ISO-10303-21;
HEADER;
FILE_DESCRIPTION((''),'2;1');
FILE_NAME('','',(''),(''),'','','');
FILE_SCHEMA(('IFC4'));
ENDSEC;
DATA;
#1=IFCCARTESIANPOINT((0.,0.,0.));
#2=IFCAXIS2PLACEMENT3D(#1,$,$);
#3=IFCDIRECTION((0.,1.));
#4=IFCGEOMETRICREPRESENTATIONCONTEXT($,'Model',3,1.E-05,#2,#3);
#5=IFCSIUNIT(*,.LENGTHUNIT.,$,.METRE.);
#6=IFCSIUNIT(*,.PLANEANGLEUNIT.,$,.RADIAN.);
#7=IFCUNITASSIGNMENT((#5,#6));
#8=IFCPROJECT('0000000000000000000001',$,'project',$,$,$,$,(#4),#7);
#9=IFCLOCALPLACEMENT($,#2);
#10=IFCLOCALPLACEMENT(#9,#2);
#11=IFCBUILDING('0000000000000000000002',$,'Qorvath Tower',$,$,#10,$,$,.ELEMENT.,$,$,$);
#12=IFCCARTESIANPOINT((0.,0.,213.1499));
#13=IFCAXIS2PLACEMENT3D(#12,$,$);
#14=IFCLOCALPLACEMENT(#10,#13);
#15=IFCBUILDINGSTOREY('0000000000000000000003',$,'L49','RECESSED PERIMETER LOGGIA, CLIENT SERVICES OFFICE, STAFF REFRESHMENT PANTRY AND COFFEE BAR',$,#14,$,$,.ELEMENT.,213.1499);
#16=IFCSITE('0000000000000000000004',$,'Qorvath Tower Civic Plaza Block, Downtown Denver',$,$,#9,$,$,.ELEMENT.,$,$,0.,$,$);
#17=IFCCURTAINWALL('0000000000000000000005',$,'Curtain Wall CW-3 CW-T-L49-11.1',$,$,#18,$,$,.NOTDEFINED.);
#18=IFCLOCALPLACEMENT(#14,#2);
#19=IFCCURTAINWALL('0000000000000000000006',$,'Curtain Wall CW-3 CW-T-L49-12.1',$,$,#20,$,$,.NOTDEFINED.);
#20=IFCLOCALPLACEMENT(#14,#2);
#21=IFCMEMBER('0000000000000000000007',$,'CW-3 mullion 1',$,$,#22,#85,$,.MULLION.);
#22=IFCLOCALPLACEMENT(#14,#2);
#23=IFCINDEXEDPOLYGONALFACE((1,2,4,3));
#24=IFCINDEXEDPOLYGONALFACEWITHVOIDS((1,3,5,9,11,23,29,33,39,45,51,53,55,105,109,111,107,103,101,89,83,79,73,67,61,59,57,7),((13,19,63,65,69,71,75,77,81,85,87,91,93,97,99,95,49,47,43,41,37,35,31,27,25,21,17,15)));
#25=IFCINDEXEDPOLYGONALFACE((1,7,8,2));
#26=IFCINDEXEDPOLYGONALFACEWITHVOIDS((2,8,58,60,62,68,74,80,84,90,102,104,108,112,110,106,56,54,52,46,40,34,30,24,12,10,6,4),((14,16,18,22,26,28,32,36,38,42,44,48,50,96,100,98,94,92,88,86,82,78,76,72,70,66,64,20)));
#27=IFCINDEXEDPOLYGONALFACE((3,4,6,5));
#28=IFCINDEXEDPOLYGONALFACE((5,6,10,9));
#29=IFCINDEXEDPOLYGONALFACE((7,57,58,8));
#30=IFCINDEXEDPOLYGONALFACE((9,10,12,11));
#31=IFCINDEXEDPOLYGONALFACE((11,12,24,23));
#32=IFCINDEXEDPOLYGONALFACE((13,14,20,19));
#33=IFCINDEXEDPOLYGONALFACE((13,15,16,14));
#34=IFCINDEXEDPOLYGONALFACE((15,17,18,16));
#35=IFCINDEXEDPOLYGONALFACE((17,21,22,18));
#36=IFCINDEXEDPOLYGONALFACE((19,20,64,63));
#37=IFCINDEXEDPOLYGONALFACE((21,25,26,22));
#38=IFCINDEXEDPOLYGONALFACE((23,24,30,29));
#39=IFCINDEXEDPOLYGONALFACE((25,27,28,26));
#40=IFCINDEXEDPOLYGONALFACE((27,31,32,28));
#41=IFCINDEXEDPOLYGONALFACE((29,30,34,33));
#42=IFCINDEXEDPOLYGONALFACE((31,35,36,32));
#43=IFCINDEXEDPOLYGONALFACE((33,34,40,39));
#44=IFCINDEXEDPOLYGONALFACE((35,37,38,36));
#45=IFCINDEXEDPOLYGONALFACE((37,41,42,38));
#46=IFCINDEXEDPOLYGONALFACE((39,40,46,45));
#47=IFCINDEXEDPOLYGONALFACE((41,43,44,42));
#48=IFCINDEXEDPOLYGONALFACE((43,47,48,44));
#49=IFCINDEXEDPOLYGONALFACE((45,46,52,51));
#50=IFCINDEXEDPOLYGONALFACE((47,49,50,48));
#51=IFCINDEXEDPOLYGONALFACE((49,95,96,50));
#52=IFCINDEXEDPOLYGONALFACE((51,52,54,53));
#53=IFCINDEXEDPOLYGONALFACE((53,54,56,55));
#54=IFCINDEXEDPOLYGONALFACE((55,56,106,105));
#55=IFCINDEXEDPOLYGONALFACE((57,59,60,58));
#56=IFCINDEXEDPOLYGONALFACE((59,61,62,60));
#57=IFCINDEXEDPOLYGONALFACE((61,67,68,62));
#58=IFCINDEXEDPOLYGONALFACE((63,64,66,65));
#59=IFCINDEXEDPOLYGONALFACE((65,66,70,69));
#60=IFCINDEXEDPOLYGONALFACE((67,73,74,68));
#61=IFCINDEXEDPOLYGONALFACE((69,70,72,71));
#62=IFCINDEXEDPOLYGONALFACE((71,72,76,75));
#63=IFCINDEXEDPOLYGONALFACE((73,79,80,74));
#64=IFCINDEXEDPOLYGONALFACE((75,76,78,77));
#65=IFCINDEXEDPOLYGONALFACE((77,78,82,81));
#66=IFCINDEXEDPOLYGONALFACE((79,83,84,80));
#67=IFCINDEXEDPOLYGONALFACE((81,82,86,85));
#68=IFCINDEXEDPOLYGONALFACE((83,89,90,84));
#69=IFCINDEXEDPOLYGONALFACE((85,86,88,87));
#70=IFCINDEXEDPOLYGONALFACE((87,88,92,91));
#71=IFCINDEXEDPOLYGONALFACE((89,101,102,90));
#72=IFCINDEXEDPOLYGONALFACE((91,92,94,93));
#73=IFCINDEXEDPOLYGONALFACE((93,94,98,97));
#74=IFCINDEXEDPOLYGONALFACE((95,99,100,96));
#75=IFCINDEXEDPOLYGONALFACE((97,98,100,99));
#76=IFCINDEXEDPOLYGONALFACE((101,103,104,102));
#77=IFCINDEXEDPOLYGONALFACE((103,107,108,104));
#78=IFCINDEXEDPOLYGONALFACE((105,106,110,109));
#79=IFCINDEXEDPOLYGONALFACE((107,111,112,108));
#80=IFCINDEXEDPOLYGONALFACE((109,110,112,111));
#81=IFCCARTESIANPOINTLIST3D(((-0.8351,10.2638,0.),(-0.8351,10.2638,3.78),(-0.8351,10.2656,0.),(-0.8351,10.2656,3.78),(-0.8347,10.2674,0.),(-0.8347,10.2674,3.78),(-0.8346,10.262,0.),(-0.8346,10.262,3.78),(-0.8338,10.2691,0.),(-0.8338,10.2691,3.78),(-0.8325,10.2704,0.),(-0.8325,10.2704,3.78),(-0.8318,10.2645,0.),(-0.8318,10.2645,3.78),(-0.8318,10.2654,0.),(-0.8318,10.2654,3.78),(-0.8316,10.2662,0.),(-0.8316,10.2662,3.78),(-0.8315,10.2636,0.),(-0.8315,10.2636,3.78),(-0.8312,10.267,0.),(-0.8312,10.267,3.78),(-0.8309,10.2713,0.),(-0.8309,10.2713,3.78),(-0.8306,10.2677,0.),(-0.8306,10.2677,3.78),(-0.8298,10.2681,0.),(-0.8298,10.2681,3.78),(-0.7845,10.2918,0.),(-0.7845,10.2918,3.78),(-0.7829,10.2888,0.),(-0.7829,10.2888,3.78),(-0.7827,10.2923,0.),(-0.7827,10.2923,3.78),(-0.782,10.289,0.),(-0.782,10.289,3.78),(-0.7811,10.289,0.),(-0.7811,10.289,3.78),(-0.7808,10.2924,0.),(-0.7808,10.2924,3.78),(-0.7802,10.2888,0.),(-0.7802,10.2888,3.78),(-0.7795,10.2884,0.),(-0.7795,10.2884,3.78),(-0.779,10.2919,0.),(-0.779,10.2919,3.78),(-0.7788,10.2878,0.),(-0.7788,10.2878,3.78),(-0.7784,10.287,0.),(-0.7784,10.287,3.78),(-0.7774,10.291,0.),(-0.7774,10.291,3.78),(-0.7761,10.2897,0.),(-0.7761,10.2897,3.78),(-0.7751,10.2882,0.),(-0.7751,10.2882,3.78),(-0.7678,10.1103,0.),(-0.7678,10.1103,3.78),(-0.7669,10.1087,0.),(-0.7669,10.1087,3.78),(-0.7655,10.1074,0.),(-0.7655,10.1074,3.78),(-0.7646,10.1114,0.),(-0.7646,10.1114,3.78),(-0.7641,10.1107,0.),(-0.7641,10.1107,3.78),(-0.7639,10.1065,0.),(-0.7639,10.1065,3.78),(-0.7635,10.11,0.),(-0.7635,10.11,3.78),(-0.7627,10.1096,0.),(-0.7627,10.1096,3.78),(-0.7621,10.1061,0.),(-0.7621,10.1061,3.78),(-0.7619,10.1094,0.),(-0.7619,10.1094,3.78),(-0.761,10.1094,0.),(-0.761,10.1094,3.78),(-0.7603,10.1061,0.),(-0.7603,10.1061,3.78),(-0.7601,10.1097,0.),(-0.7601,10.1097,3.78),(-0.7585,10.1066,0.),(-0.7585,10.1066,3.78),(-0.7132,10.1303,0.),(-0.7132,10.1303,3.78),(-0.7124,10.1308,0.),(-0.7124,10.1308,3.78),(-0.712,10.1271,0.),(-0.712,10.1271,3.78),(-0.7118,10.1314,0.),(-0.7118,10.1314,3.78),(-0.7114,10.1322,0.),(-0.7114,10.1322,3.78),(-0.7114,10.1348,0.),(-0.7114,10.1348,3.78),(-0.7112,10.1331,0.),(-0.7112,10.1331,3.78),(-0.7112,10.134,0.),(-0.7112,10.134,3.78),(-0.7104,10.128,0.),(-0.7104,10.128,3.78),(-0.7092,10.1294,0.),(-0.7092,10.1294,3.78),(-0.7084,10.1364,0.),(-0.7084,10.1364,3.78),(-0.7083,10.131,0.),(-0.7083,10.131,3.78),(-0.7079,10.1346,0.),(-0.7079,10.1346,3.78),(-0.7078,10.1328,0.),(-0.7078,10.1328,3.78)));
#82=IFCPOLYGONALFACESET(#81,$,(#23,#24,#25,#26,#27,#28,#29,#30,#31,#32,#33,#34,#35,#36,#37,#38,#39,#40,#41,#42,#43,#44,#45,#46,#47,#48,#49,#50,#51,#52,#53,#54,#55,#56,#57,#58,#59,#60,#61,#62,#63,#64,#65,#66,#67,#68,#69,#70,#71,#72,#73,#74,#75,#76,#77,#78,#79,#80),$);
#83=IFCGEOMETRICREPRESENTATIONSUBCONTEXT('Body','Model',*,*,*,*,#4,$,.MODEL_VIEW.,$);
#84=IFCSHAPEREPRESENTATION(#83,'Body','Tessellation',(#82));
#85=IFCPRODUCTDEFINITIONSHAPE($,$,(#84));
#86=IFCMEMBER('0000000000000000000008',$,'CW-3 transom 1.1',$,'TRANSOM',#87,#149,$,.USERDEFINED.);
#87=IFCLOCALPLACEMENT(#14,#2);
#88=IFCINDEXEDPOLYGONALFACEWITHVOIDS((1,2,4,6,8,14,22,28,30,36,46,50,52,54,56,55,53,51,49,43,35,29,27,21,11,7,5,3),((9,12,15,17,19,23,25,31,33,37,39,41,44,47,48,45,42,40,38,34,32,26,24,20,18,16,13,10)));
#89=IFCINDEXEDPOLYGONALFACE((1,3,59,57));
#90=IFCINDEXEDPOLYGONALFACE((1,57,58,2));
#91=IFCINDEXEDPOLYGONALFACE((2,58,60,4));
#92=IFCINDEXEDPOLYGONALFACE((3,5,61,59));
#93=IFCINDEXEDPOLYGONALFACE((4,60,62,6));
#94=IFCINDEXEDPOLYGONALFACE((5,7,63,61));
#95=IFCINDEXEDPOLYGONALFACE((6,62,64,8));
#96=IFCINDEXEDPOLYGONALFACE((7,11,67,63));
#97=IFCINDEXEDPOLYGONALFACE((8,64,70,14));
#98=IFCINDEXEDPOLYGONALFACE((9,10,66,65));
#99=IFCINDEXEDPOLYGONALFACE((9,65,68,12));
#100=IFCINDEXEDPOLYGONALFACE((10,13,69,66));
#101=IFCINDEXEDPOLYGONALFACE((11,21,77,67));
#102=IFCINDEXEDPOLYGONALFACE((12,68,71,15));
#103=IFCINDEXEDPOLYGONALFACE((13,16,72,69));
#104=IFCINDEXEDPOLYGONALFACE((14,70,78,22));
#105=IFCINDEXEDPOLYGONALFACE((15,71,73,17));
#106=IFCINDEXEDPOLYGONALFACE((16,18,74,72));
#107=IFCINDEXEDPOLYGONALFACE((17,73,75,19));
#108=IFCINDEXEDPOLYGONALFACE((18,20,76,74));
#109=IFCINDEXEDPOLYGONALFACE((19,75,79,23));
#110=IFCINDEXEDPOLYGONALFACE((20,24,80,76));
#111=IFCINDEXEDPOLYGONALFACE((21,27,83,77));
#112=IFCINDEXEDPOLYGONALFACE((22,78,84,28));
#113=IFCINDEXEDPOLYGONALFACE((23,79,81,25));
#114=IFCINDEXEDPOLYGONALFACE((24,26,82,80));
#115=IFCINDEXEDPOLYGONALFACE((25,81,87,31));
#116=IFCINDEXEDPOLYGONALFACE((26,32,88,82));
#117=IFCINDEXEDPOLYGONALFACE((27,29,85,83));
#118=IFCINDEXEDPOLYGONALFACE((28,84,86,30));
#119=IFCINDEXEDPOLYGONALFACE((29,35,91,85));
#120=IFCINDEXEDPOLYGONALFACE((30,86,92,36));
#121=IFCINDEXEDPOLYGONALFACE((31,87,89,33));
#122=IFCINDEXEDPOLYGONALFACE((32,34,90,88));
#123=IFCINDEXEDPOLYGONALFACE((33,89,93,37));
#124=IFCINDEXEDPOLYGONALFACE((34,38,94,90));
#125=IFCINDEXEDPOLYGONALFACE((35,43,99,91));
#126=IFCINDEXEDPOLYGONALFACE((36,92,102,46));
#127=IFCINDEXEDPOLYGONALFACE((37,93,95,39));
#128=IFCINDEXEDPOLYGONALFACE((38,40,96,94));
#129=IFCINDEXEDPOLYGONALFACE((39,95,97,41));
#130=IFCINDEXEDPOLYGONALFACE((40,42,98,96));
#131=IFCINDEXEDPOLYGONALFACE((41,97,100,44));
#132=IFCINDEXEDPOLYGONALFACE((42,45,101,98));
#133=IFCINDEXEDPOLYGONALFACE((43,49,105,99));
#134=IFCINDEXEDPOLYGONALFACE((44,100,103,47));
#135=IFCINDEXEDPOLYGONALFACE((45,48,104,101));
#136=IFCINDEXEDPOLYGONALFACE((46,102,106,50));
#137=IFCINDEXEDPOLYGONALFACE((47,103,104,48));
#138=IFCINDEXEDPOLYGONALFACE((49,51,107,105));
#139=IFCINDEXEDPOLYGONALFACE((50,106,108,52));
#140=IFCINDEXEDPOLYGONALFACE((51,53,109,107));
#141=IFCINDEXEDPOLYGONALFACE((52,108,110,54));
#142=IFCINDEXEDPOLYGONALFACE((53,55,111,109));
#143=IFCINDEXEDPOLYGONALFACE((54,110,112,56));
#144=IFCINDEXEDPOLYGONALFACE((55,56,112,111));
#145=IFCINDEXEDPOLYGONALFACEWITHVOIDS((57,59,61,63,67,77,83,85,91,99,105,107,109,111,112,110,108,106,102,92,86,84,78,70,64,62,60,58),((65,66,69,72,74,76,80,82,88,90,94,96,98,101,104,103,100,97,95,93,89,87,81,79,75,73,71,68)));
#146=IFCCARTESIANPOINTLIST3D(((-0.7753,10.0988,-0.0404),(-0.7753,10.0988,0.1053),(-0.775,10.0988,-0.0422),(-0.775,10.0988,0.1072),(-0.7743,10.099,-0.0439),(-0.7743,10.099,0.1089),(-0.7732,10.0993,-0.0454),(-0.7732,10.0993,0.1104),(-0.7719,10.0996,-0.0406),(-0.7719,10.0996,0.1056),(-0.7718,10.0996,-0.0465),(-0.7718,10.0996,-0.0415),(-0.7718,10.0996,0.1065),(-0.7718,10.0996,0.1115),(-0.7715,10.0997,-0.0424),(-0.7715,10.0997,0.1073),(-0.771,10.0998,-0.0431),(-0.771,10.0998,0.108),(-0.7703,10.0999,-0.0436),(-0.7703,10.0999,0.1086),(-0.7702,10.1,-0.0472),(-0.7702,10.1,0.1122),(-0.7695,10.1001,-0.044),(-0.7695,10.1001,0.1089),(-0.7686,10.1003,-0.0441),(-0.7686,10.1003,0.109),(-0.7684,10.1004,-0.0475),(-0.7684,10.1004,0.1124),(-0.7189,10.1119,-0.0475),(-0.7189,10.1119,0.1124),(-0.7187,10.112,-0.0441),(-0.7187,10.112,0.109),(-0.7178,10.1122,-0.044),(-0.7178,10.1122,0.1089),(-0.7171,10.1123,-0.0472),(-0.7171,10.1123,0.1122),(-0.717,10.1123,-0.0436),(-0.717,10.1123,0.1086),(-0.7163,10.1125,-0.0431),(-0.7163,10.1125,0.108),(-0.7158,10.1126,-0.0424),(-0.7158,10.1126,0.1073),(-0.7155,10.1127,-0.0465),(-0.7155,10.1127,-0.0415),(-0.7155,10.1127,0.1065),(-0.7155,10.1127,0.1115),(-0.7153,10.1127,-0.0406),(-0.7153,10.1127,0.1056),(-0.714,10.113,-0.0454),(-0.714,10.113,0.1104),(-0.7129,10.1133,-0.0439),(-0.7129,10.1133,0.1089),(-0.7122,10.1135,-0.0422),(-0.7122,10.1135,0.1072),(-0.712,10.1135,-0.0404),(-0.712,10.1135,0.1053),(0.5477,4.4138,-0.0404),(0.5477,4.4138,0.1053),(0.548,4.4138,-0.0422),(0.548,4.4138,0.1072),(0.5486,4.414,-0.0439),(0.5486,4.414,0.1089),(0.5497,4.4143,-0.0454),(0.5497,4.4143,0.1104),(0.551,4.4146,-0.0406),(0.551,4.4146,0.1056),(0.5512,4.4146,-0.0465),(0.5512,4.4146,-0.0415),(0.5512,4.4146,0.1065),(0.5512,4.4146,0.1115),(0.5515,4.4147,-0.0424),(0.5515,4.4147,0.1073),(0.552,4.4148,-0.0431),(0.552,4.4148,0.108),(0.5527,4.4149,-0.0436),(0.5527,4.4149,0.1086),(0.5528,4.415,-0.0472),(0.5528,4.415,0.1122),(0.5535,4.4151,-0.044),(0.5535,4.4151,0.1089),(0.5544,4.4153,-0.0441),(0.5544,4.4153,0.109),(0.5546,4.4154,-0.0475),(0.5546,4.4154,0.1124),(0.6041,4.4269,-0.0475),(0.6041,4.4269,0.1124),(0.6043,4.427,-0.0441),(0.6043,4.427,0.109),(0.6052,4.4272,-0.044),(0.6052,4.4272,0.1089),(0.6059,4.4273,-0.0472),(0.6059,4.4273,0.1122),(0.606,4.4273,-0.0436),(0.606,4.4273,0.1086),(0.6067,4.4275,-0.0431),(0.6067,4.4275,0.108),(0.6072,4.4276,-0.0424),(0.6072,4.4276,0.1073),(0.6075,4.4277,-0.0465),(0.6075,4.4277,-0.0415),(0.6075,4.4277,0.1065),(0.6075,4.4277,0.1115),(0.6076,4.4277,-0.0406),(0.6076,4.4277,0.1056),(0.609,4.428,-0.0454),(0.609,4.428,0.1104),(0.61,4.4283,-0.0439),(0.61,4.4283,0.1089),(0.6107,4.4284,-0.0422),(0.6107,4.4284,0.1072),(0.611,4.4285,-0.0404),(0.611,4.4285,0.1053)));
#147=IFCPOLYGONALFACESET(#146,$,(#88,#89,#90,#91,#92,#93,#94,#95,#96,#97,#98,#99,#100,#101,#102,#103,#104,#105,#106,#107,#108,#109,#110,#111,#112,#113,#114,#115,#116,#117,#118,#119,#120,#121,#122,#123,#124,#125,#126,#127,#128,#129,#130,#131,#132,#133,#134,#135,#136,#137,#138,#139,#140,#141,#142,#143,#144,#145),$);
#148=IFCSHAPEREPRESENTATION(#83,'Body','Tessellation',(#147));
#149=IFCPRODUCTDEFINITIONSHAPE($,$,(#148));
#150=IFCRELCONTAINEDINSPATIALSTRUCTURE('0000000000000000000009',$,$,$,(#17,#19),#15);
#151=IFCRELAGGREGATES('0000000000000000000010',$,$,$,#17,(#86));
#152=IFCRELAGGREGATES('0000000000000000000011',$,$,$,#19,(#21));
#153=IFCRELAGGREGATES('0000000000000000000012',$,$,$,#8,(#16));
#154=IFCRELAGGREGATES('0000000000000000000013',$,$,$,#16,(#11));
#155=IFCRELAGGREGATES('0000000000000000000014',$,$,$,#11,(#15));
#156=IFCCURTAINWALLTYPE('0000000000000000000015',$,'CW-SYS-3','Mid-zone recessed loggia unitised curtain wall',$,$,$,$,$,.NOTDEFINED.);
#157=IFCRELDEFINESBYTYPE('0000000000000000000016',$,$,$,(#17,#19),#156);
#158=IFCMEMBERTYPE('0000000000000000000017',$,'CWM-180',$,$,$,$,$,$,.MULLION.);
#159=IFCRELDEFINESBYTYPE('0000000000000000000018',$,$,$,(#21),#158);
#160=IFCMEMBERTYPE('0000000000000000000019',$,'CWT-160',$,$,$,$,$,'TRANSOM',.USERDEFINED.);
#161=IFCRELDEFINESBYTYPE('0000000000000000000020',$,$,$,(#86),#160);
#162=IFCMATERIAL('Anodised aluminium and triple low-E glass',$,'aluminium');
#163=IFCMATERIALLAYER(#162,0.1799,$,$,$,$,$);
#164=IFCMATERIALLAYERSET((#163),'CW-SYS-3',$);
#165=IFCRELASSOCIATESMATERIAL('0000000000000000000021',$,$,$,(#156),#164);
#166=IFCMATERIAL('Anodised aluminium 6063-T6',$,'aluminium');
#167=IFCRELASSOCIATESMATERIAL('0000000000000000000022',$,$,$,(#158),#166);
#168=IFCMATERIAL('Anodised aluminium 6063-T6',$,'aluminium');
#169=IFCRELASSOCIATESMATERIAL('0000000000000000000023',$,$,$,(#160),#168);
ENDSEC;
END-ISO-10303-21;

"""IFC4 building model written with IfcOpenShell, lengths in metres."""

from ifc_helpers import new_model, si_unit, direction, frame, origin, origin_2d, place, context, subcontext, project, spatial, hollow_rectangle, extrude, material, layer, layer_set, material_profile, profile_set, type_object, element, aggregate, save


model = new_model("IFC4")

# Units and contexts
model_context = context("Model", 3, precision=1e-05, world=origin(), true_north=direction((0.0, 1.0)))
body_context = subcontext(model_context, "Body", "Model", "MODEL_VIEW")
ifc_project = project(units=[si_unit("LENGTHUNIT", "METRE"), si_unit("PLANEANGLEUNIT", "RADIAN")], contexts=[model_context])

# Site, building, storey
site_placement = place(None, origin())
site = spatial("IfcSite", under=ifc_project, at=site_placement, Name="Qorvath Tower Civic Plaza Block, Downtown Denver", CompositionType="ELEMENT", RefElevation=0.0)
building_placement = place(site_placement, origin())
building = spatial("IfcBuilding", under=site, at=building_placement, Name="Qorvath Tower", CompositionType="ELEMENT")
storey_placement = place(building_placement, frame((0.0, 0.0, 213.1499)))
storey = spatial("IfcBuildingStorey", under=building, at=storey_placement, Name="L49", Description="RECESSED PERIMETER LOGGIA, CLIENT SERVICES OFFICE, STAFF REFRESHMENT PANTRY AND COFFEE BAR", CompositionType="ELEMENT", Elevation=213.1499)

# Curtain wall
ifc_material_1 = material(Name="Anodised aluminium and triple low-E glass", Category="aluminium")
ifc_layer_1 = layer(ifc_material_1, 0.1799)
ifc_layer_set_1 = layer_set([ifc_layer_1], Name="CW-SYS-3")
curtain_wall_type = type_object("IfcCurtainWallType", Name="CW-SYS-3", Description="Mid-zone recessed loggia unitised curtain wall", PredefinedType="NOTDEFINED", material=ifc_layer_set_1)
curtain_wall_1_placement = place(storey_placement, origin())
curtain_wall_1 = element("IfcCurtainWall", 1, at=curtain_wall_1_placement, inside=storey, type_object=curtain_wall_type, Name="Curtain Wall CW-3 CW-T-L49-11.1", PredefinedType="NOTDEFINED")
ifc_material_2 = material(Name="Anodised aluminium 6063-T6", Category="aluminium")
ifc_material_profile_1 = material_profile(ifc_material_2, hollow_rectangle(XDim=0.0649, YDim=0.1799, WallThickness=0.0034, InnerFilletRadius=0.0034, OuterFilletRadius=0.0071, at=origin_2d()), Name="CWM 180x65")
ifc_profile_set_1 = profile_set([ifc_material_profile_1], Name="Anodised aluminium 6063-T6")
member_type_1 = type_object("IfcMemberType", Name="CWM-180", PredefinedType="MULLION", material=ifc_profile_set_1)

# Curtain wall, member
curtain_wall_2_placement = place(storey_placement, origin())
curtain_wall_2 = element("IfcCurtainWall", 2, at=curtain_wall_2_placement, inside=storey, type_object=curtain_wall_type, Name="Curtain Wall CW-3 CW-T-L49-12.1", PredefinedType="NOTDEFINED")
member_1_placement = place(storey_placement, frame((-0.7715, 10.1992, 0.0), z_axis=(0.0, 0.0, 1.0), x_axis=(-0.915381, -0.402589, 0.0)))
member_1 = element("IfcMember", 3, at=member_1_placement, type_object=member_type_1, Name="CW-3 mullion 1", PredefinedType="MULLION", context=body_context, shape_type="SweptSolid", body=[
    extrude(hollow_rectangle(XDim=0.0649, YDim=0.1799, WallThickness=0.0034, InnerFilletRadius=0.0034, OuterFilletRadius=0.0071, at=origin_2d()), origin(), (0.0, 0.0, 1.0), 3.78),
])

# Member
ifc_material_3 = material(Name="Anodised aluminium 6063-T6", Category="aluminium")
ifc_material_profile_2 = material_profile(ifc_material_3, hollow_rectangle(XDim=0.0649, YDim=0.1599, WallThickness=0.0034, InnerFilletRadius=0.0034, OuterFilletRadius=0.0071, at=origin_2d()), Name="CWT 160x65")
ifc_profile_set_2 = profile_set([ifc_material_profile_2], Name="Anodised aluminium 6063-T6")
member_type_2 = type_object("IfcMemberType", Name="CWT-160", ElementType="TRANSOM", PredefinedType="USERDEFINED", material=ifc_profile_set_2)
member_2_placement = place(storey_placement, frame((0.5793, 4.4211, 0.0325), z_axis=(-0.226658, 0.973974, 0.0), x_axis=(-0.973974, -0.226658, 0.0)))
member_2 = element("IfcMember", 4, at=member_2_placement, type_object=member_type_2, Name="CW-3 transom 1.1", ObjectType="TRANSOM", PredefinedType="USERDEFINED", context=body_context, shape_type="SweptSolid", body=[
    extrude(hollow_rectangle(XDim=0.0649, YDim=0.1599, WallThickness=0.0034, InnerFilletRadius=0.0034, OuterFilletRadius=0.0071, at=origin_2d()), origin(), (0.0, 0.0, 1.0), 5.8369),
])

aggregate(curtain_wall_1, [member_2])
aggregate(curtain_wall_2, [member_1])

save(model, "model.ifc")
